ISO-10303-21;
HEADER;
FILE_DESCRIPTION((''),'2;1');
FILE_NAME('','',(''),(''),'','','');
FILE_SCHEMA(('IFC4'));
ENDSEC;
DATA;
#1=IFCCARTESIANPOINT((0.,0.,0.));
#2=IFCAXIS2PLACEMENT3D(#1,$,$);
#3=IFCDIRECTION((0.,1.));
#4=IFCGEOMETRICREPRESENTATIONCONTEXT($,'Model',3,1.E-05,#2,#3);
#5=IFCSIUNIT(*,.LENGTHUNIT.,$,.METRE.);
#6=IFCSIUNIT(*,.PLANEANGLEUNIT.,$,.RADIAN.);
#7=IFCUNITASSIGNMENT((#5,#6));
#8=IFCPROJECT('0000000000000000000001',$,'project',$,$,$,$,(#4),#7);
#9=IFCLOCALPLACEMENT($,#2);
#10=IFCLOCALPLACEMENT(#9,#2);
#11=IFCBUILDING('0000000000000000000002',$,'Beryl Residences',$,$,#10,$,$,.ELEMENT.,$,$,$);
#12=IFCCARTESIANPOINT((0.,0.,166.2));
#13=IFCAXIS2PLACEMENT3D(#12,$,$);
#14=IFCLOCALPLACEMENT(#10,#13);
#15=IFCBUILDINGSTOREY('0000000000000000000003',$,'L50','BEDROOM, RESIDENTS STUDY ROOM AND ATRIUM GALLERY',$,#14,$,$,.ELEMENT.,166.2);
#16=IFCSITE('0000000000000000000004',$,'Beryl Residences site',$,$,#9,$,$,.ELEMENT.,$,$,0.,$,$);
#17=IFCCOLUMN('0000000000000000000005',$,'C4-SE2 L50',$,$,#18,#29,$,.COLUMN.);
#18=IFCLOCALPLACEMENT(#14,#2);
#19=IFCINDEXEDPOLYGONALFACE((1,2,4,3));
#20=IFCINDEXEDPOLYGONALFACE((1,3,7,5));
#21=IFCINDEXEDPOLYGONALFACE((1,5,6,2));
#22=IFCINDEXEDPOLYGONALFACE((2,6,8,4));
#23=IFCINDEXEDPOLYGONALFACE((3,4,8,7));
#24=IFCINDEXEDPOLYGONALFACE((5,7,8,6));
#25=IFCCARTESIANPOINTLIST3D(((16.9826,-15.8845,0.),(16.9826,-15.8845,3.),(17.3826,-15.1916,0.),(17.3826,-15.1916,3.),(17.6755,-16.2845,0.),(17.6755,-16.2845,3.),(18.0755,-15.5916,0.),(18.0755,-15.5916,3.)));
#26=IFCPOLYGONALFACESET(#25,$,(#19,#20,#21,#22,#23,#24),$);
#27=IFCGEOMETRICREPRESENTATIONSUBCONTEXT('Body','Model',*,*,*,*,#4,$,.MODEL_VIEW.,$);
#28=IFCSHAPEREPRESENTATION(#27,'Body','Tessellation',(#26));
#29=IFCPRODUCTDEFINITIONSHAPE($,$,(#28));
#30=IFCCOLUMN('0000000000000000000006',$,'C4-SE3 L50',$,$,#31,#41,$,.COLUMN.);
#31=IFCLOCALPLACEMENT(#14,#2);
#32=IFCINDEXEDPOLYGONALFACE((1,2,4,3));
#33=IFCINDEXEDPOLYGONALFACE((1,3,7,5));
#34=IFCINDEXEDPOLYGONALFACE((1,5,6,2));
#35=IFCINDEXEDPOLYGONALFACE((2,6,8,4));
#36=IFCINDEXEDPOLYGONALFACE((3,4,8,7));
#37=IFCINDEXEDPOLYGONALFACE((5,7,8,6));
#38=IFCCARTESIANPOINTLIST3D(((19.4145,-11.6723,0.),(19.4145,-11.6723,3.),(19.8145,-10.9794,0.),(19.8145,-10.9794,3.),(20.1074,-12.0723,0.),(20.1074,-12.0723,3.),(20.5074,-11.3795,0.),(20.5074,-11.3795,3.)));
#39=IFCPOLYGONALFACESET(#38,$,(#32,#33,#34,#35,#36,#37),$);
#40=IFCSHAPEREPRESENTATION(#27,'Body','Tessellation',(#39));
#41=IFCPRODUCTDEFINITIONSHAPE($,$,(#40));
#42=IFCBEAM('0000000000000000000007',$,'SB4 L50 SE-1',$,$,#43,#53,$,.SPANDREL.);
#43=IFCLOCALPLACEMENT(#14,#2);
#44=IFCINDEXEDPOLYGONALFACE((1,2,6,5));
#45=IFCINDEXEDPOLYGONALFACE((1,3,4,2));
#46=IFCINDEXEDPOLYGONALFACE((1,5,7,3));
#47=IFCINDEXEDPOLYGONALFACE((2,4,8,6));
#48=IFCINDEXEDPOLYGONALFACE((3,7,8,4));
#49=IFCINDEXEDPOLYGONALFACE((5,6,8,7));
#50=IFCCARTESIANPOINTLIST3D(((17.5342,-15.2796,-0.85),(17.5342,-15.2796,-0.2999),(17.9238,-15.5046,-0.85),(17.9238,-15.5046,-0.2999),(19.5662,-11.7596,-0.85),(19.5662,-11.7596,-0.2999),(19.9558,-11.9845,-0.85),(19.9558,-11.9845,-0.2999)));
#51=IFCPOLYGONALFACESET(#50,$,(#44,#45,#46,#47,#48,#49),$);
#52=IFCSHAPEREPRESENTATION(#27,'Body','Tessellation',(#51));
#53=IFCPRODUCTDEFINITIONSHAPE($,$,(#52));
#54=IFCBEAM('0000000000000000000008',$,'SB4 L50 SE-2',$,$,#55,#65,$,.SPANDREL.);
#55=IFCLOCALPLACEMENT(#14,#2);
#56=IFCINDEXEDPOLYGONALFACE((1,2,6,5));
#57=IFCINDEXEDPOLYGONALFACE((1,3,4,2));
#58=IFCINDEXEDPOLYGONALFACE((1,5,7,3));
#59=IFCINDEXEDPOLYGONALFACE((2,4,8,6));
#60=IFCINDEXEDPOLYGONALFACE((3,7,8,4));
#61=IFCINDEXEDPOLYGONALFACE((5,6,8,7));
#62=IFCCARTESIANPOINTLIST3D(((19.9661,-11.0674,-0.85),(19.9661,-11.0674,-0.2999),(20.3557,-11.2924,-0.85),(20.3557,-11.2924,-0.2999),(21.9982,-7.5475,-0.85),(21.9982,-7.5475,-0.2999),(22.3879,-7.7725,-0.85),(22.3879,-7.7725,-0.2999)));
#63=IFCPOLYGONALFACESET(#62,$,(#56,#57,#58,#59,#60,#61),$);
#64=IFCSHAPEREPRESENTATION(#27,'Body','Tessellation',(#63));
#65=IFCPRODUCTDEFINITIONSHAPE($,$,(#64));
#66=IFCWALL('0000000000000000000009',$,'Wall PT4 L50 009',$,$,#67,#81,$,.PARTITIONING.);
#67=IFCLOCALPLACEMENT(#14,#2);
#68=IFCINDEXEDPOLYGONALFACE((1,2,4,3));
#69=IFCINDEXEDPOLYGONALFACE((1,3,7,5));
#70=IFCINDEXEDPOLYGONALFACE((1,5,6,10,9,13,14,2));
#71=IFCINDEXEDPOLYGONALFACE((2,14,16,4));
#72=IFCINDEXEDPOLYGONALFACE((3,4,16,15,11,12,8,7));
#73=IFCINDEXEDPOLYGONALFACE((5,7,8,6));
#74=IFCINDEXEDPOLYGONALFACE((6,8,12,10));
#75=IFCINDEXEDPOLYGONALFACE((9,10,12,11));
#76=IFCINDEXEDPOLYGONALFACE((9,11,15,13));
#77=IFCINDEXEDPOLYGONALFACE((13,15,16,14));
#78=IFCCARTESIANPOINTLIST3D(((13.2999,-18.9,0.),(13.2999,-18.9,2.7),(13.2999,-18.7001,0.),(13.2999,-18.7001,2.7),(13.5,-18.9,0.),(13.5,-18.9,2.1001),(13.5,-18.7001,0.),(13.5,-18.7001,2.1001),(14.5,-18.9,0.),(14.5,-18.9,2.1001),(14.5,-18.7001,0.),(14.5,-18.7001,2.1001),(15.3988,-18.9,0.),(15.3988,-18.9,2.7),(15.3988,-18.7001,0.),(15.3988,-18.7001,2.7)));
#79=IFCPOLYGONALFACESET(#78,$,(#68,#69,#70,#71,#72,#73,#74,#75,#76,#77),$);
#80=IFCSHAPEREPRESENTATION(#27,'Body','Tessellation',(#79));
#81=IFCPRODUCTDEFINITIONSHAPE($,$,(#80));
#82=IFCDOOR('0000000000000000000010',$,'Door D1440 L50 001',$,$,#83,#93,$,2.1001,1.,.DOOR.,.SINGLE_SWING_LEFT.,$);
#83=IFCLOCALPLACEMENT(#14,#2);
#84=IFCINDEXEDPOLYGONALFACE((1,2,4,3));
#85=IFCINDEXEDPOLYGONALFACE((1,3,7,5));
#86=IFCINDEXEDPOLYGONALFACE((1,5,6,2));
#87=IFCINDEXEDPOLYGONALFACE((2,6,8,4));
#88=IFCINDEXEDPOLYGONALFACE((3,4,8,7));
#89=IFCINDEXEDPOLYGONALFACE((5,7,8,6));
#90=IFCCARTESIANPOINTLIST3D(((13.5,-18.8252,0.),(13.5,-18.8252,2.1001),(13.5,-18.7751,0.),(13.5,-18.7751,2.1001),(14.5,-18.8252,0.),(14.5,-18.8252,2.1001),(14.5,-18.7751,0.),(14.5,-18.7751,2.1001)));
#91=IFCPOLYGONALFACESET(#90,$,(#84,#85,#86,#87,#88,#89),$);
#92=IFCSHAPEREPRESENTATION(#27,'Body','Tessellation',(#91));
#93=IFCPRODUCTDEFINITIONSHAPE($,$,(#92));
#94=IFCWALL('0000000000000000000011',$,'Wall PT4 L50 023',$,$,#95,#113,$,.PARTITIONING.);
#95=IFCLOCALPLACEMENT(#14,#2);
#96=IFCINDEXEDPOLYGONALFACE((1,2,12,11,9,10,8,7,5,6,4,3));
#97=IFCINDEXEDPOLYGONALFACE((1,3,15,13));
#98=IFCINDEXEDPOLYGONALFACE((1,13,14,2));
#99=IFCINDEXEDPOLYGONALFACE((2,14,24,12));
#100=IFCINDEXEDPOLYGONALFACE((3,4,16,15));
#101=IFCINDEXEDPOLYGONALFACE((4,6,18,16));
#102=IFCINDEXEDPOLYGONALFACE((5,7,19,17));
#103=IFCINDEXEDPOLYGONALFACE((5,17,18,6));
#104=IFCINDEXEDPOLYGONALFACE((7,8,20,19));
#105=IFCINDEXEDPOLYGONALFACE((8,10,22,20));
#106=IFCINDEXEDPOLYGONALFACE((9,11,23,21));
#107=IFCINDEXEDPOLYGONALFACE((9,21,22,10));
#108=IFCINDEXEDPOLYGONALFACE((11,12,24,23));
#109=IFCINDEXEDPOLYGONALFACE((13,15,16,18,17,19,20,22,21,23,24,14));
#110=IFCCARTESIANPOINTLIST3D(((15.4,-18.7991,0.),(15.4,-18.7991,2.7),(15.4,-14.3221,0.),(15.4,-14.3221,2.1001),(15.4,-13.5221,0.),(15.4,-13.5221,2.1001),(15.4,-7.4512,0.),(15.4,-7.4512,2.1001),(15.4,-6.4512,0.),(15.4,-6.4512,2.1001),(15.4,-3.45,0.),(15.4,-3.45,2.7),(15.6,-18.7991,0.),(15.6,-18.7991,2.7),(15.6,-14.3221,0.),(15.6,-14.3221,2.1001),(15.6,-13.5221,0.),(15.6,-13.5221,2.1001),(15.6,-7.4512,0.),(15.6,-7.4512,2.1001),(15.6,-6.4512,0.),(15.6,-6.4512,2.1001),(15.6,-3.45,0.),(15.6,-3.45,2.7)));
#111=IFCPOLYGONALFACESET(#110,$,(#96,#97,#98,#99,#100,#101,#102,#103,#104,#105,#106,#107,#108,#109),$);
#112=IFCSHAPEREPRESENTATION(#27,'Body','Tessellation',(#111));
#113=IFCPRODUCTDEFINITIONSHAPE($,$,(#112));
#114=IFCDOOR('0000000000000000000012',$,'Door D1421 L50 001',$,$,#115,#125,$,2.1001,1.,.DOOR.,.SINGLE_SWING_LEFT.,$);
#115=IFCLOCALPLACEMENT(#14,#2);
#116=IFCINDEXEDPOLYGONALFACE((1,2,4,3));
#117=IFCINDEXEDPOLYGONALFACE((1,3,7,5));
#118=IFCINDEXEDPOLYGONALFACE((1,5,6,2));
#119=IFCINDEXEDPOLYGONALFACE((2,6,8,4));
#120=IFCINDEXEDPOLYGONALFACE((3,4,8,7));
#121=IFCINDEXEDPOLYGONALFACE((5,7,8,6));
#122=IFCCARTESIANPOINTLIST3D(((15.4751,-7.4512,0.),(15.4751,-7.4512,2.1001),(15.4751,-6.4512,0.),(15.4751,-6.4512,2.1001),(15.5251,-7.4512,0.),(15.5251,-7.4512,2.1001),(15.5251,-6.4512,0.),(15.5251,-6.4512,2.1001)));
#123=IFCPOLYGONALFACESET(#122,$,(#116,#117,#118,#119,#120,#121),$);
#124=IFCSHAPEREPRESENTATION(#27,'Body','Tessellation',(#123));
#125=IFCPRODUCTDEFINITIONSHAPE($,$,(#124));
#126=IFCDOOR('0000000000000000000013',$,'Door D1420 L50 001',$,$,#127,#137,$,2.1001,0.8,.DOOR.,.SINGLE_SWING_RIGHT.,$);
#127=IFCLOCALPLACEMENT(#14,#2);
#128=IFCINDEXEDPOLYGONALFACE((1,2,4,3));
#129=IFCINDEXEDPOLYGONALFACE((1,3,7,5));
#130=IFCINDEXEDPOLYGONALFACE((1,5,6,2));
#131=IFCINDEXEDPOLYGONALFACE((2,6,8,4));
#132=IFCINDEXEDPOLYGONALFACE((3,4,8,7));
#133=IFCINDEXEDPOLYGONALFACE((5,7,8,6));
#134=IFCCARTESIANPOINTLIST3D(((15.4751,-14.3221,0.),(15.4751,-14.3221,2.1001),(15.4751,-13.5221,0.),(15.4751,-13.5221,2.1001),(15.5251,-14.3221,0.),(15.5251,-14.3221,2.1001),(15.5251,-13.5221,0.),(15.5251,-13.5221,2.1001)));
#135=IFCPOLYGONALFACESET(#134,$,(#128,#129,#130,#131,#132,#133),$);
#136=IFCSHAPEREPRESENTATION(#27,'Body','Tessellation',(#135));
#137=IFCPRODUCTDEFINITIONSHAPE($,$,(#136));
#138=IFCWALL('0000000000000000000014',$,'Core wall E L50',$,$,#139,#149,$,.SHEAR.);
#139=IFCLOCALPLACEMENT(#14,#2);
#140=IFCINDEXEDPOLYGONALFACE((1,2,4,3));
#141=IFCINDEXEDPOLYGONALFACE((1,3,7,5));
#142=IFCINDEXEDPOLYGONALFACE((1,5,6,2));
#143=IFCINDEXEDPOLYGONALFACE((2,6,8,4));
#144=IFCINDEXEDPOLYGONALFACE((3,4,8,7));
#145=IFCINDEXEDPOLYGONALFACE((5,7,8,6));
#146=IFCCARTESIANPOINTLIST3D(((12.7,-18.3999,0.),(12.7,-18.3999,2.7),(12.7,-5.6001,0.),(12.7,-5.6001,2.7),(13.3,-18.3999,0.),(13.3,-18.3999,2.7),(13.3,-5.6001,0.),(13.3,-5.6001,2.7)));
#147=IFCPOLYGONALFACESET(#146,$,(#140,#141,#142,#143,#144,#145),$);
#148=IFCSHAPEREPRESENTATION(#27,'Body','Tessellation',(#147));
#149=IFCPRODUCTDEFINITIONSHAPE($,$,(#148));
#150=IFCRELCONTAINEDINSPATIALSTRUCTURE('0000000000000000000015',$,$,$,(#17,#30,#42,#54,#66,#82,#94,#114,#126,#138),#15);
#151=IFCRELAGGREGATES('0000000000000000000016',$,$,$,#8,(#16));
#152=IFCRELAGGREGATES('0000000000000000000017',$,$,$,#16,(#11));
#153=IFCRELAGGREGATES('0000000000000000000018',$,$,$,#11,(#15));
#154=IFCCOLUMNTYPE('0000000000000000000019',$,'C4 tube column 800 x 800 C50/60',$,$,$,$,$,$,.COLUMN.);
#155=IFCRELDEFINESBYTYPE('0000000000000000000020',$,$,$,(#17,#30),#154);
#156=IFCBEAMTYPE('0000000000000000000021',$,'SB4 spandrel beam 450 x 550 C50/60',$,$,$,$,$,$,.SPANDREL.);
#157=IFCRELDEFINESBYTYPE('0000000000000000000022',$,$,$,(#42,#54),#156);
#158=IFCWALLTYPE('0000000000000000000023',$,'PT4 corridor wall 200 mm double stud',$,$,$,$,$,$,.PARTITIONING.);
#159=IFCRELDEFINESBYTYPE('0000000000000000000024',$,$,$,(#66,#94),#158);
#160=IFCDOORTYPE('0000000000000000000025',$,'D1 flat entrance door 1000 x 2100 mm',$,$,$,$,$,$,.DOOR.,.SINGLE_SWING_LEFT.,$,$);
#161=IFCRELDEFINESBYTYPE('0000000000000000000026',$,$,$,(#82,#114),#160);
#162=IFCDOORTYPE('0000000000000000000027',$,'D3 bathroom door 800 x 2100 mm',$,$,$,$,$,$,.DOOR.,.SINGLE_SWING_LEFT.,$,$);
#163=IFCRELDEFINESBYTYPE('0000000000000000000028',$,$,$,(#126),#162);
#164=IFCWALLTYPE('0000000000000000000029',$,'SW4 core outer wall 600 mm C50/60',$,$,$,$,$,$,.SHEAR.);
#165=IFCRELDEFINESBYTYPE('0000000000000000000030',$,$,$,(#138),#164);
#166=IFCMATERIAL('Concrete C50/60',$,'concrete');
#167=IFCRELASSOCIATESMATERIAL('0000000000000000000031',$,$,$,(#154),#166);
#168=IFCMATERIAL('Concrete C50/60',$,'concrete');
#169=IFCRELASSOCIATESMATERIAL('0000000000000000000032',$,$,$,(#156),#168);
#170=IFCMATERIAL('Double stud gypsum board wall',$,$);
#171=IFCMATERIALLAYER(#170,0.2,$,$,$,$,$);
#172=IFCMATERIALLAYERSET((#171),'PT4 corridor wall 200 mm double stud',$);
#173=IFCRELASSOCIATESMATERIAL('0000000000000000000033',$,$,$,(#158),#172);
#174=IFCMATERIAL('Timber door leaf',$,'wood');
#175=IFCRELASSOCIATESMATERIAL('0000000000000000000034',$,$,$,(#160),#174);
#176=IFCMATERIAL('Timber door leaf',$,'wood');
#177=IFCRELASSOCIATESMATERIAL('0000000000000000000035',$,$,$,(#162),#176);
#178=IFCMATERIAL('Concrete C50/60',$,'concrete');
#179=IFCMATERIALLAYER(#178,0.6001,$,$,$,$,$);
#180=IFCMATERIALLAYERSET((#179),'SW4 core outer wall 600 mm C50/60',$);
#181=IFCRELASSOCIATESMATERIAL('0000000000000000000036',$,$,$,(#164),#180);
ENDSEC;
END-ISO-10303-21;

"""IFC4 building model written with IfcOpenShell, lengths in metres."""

from ifc_helpers import new_model, si_unit, direction, frame, frame_2d, origin, origin_2d, place, context, subcontext, project, spatial, rectangle, extrude, material, layer, layer_set, material_profile, profile_set, type_object, element, fill, save


model = new_model("IFC4")

# Units and contexts
model_context = context("Model", 3, precision=1e-05, world=origin(), true_north=direction((0.0, 1.0)))
body_context = subcontext(model_context, "Body", "Model", "MODEL_VIEW")
ifc_project = project(units=[si_unit("LENGTHUNIT", "METRE"), si_unit("PLANEANGLEUNIT", "RADIAN")], contexts=[model_context])

# Site, building, storey
site_placement = place(None, origin())
site = spatial("IfcSite", under=ifc_project, at=site_placement, Name="Beryl Residences site", CompositionType="ELEMENT", RefElevation=0.0)
building_placement = place(site_placement, origin())
building = spatial("IfcBuilding", under=site, at=building_placement, Name="Beryl Residences", CompositionType="ELEMENT")
storey_placement = place(building_placement, frame((0.0, 0.0, 166.2)))
storey = spatial("IfcBuildingStorey", under=building, at=storey_placement, Name="L50", Description="BEDROOM, RESIDENTS STUDY ROOM AND ATRIUM GALLERY", CompositionType="ELEMENT", Elevation=166.2)

# Columns
ifc_material_1 = material(Name="Concrete C50/60", Category="concrete")
ifc_material_profile_1 = material_profile(ifc_material_1, rectangle(XDim=0.8, YDim=0.8, at=origin_2d()))
ifc_profile_set_1 = profile_set([ifc_material_profile_1], Name="Concrete C50/60")
column_type = type_object("IfcColumnType", Name="C4 tube column 800 x 800 C50/60", PredefinedType="COLUMN", material=ifc_profile_set_1)
for number, where, z_axis, x_axis, name in (
    (1, (17.5291, -15.738, 0.0), (0.0, 0.0, 1.0), (0.5, 0.866025, 0.0), "C4-SE2 L50"),
    (2, (19.9609, -11.5259, 0.0), (0.0, 0.0, 1.0), (0.5, 0.866025, 0.0), "C4-SE3 L50"),
):
    element("IfcColumn", number, at=place(storey_placement, frame(where, z_axis=z_axis, x_axis=x_axis)), inside=storey, type_object=column_type, Name=name, PredefinedType="COLUMN", context=body_context, shape_type="SweptSolid", body=[
        extrude(rectangle(XDim=0.8, YDim=0.8, at=origin_2d()), origin(), (0.0, 0.0, 1.0), 3.0),
    ])

# Beams
ifc_material_2 = material(Name="Concrete C50/60", Category="concrete")
ifc_material_profile_2 = material_profile(ifc_material_2, rectangle(XDim=0.45, YDim=0.55, at=origin_2d()))
ifc_profile_set_2 = profile_set([ifc_material_profile_2], Name="Concrete C50/60")
beam_type = type_object("IfcBeamType", Name="SB4 spandrel beam 450 x 550 C50/60", PredefinedType="SPANDREL", material=ifc_profile_set_2)
for number, where, z_axis, x_axis, name in (
    (3, (17.729, -15.3921, -0.575), (0.499944, 0.866058, 0.0), (-0.866058, 0.499944, 0.0), "SB4 L50 SE-1"),
    (4, (20.1609, -11.1799, -0.575), (0.499989, 0.866032, 0.0), (-0.866032, 0.499989, 0.0), "SB4 L50 SE-2"),
):
    element("IfcBeam", number, at=place(storey_placement, frame(where, z_axis=z_axis, x_axis=x_axis)), inside=storey, type_object=beam_type, Name=name, PredefinedType="SPANDREL", context=body_context, shape_type="SweptSolid", body=[
        extrude(rectangle(XDim=0.45, YDim=0.55, at=origin_2d()), origin(), (0.0, 0.0, 1.0), 4.0645),
    ])

# Wall, opening, door
ifc_material_3 = material(Name="Double stud gypsum board wall")
ifc_layer_1 = layer(ifc_material_3, 0.2)
ifc_layer_set_1 = layer_set([ifc_layer_1], Name="PT4 corridor wall 200 mm double stud")
wall_type_1 = type_object("IfcWallType", Name="PT4 corridor wall 200 mm double stud", PredefinedType="PARTITIONING", material=ifc_layer_set_1)
wall_1_placement = place(storey_placement, frame((13.3, -18.8, 0.0), z_axis=(0.0, 0.0, 1.0), x_axis=(1.0, 0.0, 0.0)))
wall_1 = element("IfcWall", 5, at=wall_1_placement, inside=storey, type_object=wall_type_1, Name="Wall PT4 L50 009", PredefinedType="PARTITIONING", context=body_context, shape_type="SweptSolid", body=[
    extrude(rectangle(XDim=2.0989, YDim=0.2, at=frame_2d((1.0493, 0.0))), origin(), (0.0, 0.0, 1.0), 2.7),
])
opening_1_placement = place(wall_1_placement, frame((0.2, 0.0, 0.0)))
opening_1 = element("IfcOpeningElement", 6, at=opening_1_placement, cuts=wall_1, PredefinedType="OPENING", context=body_context, shape_type="SweptSolid", body=[
    extrude(rectangle(XDim=1.0, YDim=2.1001, at=frame_2d((0.5, 1.05))), frame((0.0, 0.1099, 0.0), z_axis=(0.0, -1.0, 0.0), x_axis=(1.0, 0.0, 0.0)), (0.0, 0.0, 1.0), 0.22),
])
ifc_material_4 = material(Name="Timber door leaf", Category="wood")
door_type_1 = type_object("IfcDoorType", Name="D1 flat entrance door 1000 x 2100 mm", OperationType="SINGLE_SWING_LEFT", PredefinedType="DOOR", material=ifc_material_4)
door_1_placement = place(opening_1_placement, origin())
door_1 = element("IfcDoor", 7, at=door_1_placement, inside=storey, type_object=door_type_1, Name="Door D1440 L50 001", OperationType="SINGLE_SWING_LEFT", OverallHeight=2.1001, OverallWidth=1.0, PredefinedType="DOOR", context=body_context, shape_type="SweptSolid", body=[
    extrude(rectangle(XDim=1.0, YDim=2.1001, at=frame_2d((0.5, 1.05))), frame((0.0, 0.0249, 0.0), z_axis=(0.0, -1.0, 0.0), x_axis=(1.0, 0.0, 0.0)), (0.0, 0.0, 1.0), 0.05),
])
fill(opening_1, door_1)

# Wall, openings, doors
wall_2_placement = place(storey_placement, frame((15.5, -18.7991, 0.0), z_axis=(0.0, 0.0, 1.0), x_axis=(0.0, 1.0, 0.0)))
wall_2 = element("IfcWall", 8, at=wall_2_placement, inside=storey, type_object=wall_type_1, Name="Wall PT4 L50 023", PredefinedType="PARTITIONING", context=body_context, shape_type="SweptSolid", body=[
    extrude(rectangle(XDim=15.3491, YDim=0.2, at=frame_2d((7.6746, 0.0))), origin(), (0.0, 0.0, 1.0), 2.7),
])
opening_2_placement = place(wall_2_placement, frame((4.4771, 0.0, 0.0)))
opening_2 = element("IfcOpeningElement", 9, at=opening_2_placement, cuts=wall_2, PredefinedType="OPENING", context=body_context, shape_type="SweptSolid", body=[
    extrude(rectangle(XDim=0.8, YDim=2.1001, at=frame_2d((0.3999, 1.05))), frame((0.0, 0.1099, 0.0), z_axis=(0.0, -1.0, 0.0), x_axis=(1.0, 0.0, 0.0)), (0.0, 0.0, 1.0), 0.22),
])
opening_3_placement = place(wall_2_placement, frame((11.3479, 0.0, 0.0)))
opening_3 = element("IfcOpeningElement", 10, at=opening_3_placement, cuts=wall_2, PredefinedType="OPENING", context=body_context, shape_type="SweptSolid", body=[
    extrude(rectangle(XDim=1.0, YDim=2.1001, at=frame_2d((0.5, 1.05))), frame((0.0, 0.1099, 0.0), z_axis=(0.0, -1.0, 0.0), x_axis=(1.0, 0.0, 0.0)), (0.0, 0.0, 1.0), 0.22),
])
door_2_placement = place(opening_3_placement, origin())
door_2 = element("IfcDoor", 11, at=door_2_placement, inside=storey, type_object=door_type_1, Name="Door D1421 L50 001", OperationType="SINGLE_SWING_LEFT", OverallHeight=2.1001, OverallWidth=1.0, PredefinedType="DOOR", context=body_context, shape_type="SweptSolid", body=[
    extrude(rectangle(XDim=1.0, YDim=2.1001, at=frame_2d((0.5, 1.05))), frame((0.0, 0.0249, 0.0), z_axis=(0.0, -1.0, 0.0), x_axis=(1.0, 0.0, 0.0)), (0.0, 0.0, 1.0), 0.05),
])
fill(opening_3, door_2)
ifc_material_5 = material(Name="Timber door leaf", Category="wood")
door_type_2 = type_object("IfcDoorType", Name="D3 bathroom door 800 x 2100 mm", OperationType="SINGLE_SWING_LEFT", PredefinedType="DOOR", material=ifc_material_5)
door_3_placement = place(opening_2_placement, origin())
door_3 = element("IfcDoor", 12, at=door_3_placement, inside=storey, type_object=door_type_2, Name="Door D1420 L50 001", OperationType="SINGLE_SWING_RIGHT", OverallHeight=2.1001, OverallWidth=0.8, PredefinedType="DOOR", context=body_context, shape_type="SweptSolid", body=[
    extrude(rectangle(XDim=0.8, YDim=2.1001, at=frame_2d((0.3999, 1.05))), frame((0.0, 0.0249, 0.0), z_axis=(0.0, -1.0, 0.0), x_axis=(1.0, 0.0, 0.0)), (0.0, 0.0, 1.0), 0.05),
])
fill(opening_2, door_3)

# Wall
ifc_material_6 = material(Name="Concrete C50/60", Category="concrete")
ifc_layer_2 = layer(ifc_material_6, 0.6001)
ifc_layer_set_2 = layer_set([ifc_layer_2], Name="SW4 core outer wall 600 mm C50/60")
wall_type_2 = type_object("IfcWallType", Name="SW4 core outer wall 600 mm C50/60", PredefinedType="SHEAR", material=ifc_layer_set_2)
wall_3_placement = place(storey_placement, frame((13.0, -18.3999, 0.0), z_axis=(0.0, 0.0, 1.0), x_axis=(0.0, 1.0, 0.0)))
element("IfcWall", 13, at=wall_3_placement, inside=storey, type_object=wall_type_2, Name="Core wall E L50", PredefinedType="SHEAR", context=body_context, shape_type="SweptSolid", body=[
    extrude(rectangle(XDim=12.7998, YDim=0.6001, at=frame_2d((6.3999, 0.0))), origin(), (0.0, 0.0, 1.0), 2.7),
])

save(model, "model.ifc")
